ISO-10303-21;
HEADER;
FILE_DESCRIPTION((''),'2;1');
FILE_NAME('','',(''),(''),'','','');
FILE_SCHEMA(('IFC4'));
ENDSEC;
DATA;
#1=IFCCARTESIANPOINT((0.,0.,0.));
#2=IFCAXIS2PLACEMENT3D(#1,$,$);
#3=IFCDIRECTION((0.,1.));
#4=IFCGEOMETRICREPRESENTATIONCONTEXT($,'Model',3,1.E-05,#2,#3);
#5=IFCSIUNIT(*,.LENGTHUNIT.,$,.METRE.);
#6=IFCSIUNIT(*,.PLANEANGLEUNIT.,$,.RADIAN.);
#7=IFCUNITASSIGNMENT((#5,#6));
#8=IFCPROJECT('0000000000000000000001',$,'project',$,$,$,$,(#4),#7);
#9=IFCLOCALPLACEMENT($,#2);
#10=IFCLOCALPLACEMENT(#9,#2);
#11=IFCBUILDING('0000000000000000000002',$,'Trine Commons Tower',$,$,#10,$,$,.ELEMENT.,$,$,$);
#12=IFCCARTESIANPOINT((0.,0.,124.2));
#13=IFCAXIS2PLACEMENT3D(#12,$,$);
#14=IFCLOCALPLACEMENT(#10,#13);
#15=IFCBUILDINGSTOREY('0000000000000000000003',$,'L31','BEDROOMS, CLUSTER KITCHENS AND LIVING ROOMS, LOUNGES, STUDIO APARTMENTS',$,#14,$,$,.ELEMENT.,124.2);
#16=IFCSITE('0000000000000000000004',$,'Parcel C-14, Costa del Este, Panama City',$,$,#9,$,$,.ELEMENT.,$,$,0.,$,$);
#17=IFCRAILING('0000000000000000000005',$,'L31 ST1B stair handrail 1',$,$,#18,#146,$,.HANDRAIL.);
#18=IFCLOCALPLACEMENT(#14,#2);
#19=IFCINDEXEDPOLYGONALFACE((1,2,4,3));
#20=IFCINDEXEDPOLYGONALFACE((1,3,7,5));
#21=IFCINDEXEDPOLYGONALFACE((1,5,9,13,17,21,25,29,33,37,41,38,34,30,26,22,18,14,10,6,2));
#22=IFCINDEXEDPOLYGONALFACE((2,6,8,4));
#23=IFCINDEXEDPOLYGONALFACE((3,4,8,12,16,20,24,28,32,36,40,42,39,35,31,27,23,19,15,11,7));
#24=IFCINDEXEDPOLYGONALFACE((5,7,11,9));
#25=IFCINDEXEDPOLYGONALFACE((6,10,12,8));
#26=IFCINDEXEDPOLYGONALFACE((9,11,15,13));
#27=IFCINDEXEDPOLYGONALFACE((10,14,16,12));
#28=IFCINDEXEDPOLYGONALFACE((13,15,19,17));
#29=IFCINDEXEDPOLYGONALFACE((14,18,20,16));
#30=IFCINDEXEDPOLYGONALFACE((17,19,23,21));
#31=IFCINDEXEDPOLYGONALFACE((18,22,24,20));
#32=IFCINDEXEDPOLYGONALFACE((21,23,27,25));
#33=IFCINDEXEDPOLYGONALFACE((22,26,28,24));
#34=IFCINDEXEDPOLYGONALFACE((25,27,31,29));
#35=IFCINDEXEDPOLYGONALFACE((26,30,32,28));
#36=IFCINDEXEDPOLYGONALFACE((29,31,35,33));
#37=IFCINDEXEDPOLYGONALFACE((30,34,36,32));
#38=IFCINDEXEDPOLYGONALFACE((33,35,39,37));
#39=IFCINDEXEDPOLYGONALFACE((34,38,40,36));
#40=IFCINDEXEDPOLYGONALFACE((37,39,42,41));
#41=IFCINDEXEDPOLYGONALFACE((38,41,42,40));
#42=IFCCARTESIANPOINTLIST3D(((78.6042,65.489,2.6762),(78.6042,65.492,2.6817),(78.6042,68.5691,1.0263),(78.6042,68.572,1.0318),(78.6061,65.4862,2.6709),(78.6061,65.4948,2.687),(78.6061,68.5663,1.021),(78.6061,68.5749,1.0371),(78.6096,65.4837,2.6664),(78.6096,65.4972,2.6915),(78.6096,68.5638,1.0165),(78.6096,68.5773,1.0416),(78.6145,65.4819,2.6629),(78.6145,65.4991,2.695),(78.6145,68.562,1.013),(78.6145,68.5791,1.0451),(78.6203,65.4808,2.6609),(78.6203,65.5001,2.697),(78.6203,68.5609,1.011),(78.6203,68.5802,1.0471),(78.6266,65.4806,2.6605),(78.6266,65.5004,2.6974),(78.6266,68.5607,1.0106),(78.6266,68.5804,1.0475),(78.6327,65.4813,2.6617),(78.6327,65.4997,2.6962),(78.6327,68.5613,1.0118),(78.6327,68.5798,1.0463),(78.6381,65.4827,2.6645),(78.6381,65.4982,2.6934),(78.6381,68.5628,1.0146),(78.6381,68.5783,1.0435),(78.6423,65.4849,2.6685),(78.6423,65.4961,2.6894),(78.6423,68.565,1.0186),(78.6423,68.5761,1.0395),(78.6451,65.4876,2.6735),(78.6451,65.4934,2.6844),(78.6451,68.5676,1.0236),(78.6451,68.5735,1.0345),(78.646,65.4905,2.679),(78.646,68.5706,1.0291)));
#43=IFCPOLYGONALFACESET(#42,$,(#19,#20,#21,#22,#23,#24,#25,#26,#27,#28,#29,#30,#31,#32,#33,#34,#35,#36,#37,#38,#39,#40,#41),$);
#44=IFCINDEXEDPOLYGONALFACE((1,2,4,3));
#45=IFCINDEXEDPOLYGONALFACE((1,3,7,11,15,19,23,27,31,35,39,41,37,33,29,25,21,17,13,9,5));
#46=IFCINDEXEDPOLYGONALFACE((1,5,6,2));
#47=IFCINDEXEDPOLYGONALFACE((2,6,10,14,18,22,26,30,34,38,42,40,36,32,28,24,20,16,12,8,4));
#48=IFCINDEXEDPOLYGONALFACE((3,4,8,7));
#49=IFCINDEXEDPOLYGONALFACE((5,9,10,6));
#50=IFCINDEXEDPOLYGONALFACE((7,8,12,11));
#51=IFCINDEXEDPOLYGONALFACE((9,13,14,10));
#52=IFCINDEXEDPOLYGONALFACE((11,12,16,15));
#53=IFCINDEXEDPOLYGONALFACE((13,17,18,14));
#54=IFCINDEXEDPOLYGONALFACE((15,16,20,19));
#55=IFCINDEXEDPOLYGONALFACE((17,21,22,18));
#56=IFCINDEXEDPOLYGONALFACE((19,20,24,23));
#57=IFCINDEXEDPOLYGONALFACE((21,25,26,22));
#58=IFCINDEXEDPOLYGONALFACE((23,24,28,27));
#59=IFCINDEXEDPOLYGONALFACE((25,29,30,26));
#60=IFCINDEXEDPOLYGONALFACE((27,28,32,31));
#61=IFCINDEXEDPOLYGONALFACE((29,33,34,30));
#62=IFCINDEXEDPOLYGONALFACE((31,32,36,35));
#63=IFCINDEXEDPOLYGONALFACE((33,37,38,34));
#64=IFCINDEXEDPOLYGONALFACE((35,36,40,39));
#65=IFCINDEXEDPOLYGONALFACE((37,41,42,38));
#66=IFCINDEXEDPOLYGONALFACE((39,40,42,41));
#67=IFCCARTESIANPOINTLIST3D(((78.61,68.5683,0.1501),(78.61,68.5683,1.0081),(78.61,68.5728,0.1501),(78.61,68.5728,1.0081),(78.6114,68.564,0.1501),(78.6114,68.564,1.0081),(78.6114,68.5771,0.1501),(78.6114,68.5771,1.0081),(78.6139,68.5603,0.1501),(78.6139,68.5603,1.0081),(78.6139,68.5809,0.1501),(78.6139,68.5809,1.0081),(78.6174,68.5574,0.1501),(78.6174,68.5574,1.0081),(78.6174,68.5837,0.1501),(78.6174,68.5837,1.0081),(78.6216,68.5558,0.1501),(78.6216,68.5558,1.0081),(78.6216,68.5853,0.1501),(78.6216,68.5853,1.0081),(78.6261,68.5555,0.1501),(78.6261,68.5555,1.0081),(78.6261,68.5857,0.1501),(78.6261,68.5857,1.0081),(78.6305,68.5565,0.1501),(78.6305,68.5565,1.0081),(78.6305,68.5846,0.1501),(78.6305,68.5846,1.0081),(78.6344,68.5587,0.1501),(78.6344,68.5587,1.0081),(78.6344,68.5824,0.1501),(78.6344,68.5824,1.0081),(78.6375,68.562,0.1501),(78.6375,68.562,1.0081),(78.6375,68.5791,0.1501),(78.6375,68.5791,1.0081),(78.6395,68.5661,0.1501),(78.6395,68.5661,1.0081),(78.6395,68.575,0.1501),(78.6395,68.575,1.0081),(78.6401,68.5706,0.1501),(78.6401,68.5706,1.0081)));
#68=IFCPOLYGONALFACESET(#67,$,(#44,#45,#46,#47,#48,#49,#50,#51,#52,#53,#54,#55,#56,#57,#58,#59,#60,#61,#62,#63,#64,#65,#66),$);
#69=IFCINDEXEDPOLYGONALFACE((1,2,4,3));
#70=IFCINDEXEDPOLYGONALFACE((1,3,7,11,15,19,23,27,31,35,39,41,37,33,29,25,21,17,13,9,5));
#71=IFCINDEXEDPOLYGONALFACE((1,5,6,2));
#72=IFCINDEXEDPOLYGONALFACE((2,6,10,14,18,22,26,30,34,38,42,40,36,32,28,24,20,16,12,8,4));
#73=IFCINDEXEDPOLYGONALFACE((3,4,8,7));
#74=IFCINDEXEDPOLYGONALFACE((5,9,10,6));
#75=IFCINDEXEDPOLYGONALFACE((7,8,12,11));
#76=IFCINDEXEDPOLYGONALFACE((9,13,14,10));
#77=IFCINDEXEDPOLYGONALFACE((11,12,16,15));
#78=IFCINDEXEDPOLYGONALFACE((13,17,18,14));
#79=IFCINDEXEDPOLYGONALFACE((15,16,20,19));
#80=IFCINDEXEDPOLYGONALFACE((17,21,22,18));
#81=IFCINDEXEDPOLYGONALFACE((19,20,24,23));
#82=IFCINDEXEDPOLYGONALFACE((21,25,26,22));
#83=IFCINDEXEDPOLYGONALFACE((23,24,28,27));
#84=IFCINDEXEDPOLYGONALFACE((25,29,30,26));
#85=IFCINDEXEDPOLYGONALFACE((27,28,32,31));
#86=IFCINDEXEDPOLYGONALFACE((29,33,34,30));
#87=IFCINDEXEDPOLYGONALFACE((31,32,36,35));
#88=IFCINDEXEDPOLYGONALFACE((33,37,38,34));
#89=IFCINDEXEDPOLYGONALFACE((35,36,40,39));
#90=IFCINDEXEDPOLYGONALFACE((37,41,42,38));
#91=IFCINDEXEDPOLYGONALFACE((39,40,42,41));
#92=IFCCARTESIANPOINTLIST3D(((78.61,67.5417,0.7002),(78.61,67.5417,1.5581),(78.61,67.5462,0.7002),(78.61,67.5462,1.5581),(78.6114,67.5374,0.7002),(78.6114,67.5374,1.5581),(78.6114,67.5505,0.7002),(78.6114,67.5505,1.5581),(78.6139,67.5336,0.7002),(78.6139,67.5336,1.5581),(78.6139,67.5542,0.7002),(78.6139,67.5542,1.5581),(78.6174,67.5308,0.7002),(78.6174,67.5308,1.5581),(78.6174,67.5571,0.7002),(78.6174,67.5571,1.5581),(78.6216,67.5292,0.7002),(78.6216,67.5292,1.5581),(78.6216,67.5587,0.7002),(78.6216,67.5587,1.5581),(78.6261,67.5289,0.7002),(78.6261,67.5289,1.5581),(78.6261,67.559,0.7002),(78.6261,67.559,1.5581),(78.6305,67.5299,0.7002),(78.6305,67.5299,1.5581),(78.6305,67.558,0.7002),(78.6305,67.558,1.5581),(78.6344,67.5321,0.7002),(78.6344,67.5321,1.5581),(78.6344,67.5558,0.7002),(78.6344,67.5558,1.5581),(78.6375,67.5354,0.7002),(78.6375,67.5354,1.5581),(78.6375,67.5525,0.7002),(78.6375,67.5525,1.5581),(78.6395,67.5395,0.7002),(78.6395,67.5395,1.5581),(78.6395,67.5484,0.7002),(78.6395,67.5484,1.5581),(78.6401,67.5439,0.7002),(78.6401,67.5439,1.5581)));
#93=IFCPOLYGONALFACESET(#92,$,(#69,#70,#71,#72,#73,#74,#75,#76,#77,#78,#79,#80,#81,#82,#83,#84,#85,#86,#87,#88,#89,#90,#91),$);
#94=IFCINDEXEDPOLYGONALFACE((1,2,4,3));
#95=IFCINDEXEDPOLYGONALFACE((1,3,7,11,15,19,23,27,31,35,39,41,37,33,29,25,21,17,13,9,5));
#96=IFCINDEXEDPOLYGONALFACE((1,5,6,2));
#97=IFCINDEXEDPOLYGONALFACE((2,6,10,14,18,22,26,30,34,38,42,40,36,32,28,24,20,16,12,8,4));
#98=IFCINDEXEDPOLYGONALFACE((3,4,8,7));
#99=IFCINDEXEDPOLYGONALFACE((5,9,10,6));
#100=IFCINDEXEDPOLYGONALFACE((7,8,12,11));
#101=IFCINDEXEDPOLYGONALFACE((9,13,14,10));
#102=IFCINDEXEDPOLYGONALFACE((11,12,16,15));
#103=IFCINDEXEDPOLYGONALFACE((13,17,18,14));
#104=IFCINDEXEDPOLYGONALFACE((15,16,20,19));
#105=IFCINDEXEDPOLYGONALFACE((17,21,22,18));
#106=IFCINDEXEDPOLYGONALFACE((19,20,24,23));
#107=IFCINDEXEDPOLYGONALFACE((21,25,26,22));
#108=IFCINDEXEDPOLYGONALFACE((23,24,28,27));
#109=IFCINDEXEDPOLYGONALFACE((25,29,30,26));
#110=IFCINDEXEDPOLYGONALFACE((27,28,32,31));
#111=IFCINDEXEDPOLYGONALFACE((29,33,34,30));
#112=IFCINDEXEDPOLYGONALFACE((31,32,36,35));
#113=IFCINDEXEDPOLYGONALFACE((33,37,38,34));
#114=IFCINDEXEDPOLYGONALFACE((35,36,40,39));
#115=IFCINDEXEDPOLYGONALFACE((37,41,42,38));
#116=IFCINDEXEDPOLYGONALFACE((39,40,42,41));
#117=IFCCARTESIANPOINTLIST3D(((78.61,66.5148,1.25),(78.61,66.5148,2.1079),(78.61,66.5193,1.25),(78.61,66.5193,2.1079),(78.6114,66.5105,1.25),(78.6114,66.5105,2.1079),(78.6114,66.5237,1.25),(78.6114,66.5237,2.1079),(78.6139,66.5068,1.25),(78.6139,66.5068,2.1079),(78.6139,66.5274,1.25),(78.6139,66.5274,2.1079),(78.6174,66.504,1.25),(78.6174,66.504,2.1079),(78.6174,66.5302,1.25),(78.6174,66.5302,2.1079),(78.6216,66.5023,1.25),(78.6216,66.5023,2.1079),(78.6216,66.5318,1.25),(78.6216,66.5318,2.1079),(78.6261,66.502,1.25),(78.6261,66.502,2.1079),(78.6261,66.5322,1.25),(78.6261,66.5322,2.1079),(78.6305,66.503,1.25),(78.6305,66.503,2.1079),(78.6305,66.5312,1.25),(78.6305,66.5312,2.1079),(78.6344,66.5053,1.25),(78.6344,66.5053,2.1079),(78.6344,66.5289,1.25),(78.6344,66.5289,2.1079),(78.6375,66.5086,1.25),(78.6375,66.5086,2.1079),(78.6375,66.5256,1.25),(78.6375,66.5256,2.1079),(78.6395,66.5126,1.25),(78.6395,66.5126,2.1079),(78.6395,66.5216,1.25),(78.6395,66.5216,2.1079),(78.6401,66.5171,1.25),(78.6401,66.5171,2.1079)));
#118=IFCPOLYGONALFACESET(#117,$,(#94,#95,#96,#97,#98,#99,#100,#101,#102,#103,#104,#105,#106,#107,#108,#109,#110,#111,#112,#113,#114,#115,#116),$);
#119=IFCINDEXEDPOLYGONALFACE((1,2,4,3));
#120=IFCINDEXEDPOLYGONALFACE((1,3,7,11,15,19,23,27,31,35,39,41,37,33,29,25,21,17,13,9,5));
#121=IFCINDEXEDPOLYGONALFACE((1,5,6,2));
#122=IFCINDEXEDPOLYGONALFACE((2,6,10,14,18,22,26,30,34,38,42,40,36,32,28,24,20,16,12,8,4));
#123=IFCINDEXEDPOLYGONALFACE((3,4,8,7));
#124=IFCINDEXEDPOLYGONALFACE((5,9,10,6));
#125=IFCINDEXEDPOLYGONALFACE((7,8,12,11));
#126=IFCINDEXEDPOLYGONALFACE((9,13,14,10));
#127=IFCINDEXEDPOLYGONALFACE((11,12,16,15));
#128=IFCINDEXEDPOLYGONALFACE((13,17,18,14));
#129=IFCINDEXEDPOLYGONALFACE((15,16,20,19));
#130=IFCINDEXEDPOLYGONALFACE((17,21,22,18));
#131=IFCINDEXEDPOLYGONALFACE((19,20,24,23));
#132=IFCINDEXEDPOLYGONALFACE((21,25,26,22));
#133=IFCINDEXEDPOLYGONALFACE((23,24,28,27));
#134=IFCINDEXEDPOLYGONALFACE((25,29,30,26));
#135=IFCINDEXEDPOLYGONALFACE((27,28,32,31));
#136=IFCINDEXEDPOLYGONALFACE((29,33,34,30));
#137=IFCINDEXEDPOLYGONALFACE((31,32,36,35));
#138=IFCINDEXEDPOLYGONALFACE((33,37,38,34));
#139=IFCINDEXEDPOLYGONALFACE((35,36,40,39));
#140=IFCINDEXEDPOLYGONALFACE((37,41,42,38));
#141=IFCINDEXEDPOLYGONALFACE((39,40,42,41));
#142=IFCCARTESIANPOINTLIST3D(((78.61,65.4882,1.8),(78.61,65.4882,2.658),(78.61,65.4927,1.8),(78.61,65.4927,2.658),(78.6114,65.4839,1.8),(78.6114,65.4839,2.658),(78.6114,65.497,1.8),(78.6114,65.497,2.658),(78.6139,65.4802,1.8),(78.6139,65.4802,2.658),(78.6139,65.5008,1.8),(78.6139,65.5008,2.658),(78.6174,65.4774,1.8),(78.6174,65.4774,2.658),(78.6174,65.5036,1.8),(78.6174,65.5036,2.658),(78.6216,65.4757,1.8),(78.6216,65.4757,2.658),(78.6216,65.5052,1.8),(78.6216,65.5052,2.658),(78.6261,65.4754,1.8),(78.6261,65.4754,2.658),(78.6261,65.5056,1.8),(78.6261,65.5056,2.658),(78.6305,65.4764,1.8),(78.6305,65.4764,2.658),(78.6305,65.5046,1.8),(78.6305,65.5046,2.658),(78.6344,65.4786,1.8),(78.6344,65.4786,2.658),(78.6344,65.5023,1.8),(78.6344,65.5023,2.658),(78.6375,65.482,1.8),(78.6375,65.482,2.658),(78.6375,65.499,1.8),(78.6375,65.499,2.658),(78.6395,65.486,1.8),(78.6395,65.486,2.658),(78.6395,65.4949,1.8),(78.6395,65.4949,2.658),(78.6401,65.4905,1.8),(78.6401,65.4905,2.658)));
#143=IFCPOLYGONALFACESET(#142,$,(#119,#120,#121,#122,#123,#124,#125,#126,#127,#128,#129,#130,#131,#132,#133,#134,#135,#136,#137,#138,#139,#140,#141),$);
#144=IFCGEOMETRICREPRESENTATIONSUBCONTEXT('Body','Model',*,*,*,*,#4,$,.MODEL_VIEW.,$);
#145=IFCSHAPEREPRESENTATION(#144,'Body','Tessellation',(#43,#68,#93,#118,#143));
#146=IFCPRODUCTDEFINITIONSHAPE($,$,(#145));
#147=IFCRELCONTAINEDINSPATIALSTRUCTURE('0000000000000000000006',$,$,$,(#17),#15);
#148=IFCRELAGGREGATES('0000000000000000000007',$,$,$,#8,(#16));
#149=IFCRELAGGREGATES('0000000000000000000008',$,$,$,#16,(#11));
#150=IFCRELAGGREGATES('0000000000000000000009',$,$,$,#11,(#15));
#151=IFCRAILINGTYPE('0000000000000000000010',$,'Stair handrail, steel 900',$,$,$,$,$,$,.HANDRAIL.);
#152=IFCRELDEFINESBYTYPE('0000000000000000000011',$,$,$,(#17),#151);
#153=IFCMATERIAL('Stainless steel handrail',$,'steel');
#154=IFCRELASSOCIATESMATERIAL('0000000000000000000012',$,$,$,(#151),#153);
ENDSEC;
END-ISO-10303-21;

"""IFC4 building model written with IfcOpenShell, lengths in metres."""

from ifc_helpers import new_model, si_unit, direction, frame, origin, origin_2d, place, context, subcontext, project, spatial, circle, extrude, material, type_object, element, save


model = new_model("IFC4")

# Units and contexts
model_context = context("Model", 3, precision=1e-05, world=origin(), true_north=direction((0.0, 1.0)))
body_context = subcontext(model_context, "Body", "Model", "MODEL_VIEW")
ifc_project = project(units=[si_unit("LENGTHUNIT", "METRE"), si_unit("PLANEANGLEUNIT", "RADIAN")], contexts=[model_context])

# Site, building, storey
site_placement = place(None, origin())
site = spatial("IfcSite", under=ifc_project, at=site_placement, Name="Parcel C-14, Costa del Este, Panama City", CompositionType="ELEMENT", RefElevation=0.0)
building_placement = place(site_placement, origin())
building = spatial("IfcBuilding", under=site, at=building_placement, Name="Trine Commons Tower", CompositionType="ELEMENT")
storey_placement = place(building_placement, frame((0.0, 0.0, 124.2)))
storey = spatial("IfcBuildingStorey", under=building, at=storey_placement, Name="L31", Description="BEDROOMS, CLUSTER KITCHENS AND LIVING ROOMS, LOUNGES, STUDIO APARTMENTS", CompositionType="ELEMENT", Elevation=124.2)

# Railing
ifc_material_1 = material(Name="Stainless steel handrail", Category="steel")
railing_type_1 = type_object("IfcRailingType", Name="Stair handrail, steel 900", PredefinedType="HANDRAIL", material=ifc_material_1)
railing_1_placement = place(storey_placement, frame((78.625, 68.5706, 0.1501)))
element("IfcRailing", 1, at=railing_1_placement, inside=storey, type_object=railing_type_1, Name="L31 ST1B stair handrail 1", PredefinedType="HANDRAIL", context=body_context, shape_type="SweptSolid", body=[
    extrude(circle(Radius=0.021, at=origin_2d()), frame((0.0, 0.0, 0.8789), z_axis=(0.0, -0.881497, 0.47219), x_axis=(1.0, 0.0, 0.0)), (0.0, 0.0, 1.0), 3.4941),
    extrude(circle(Radius=0.0151, at=origin_2d()), origin(), (0.0, 0.0, 1.0), 0.8579),
    extrude(circle(Radius=0.0151, at=origin_2d()), frame((0.0, -1.0266, 0.55)), (0.0, 0.0, 1.0), 0.8579),
    extrude(circle(Radius=0.0151, at=origin_2d()), frame((0.0, -2.0535, 1.0999)), (0.0, 0.0, 1.0), 0.8579),
    extrude(circle(Radius=0.0151, at=origin_2d()), frame((0.0, -3.0801, 1.6499)), (0.0, 0.0, 1.0), 0.8579),
])

save(model, "model.ifc")
